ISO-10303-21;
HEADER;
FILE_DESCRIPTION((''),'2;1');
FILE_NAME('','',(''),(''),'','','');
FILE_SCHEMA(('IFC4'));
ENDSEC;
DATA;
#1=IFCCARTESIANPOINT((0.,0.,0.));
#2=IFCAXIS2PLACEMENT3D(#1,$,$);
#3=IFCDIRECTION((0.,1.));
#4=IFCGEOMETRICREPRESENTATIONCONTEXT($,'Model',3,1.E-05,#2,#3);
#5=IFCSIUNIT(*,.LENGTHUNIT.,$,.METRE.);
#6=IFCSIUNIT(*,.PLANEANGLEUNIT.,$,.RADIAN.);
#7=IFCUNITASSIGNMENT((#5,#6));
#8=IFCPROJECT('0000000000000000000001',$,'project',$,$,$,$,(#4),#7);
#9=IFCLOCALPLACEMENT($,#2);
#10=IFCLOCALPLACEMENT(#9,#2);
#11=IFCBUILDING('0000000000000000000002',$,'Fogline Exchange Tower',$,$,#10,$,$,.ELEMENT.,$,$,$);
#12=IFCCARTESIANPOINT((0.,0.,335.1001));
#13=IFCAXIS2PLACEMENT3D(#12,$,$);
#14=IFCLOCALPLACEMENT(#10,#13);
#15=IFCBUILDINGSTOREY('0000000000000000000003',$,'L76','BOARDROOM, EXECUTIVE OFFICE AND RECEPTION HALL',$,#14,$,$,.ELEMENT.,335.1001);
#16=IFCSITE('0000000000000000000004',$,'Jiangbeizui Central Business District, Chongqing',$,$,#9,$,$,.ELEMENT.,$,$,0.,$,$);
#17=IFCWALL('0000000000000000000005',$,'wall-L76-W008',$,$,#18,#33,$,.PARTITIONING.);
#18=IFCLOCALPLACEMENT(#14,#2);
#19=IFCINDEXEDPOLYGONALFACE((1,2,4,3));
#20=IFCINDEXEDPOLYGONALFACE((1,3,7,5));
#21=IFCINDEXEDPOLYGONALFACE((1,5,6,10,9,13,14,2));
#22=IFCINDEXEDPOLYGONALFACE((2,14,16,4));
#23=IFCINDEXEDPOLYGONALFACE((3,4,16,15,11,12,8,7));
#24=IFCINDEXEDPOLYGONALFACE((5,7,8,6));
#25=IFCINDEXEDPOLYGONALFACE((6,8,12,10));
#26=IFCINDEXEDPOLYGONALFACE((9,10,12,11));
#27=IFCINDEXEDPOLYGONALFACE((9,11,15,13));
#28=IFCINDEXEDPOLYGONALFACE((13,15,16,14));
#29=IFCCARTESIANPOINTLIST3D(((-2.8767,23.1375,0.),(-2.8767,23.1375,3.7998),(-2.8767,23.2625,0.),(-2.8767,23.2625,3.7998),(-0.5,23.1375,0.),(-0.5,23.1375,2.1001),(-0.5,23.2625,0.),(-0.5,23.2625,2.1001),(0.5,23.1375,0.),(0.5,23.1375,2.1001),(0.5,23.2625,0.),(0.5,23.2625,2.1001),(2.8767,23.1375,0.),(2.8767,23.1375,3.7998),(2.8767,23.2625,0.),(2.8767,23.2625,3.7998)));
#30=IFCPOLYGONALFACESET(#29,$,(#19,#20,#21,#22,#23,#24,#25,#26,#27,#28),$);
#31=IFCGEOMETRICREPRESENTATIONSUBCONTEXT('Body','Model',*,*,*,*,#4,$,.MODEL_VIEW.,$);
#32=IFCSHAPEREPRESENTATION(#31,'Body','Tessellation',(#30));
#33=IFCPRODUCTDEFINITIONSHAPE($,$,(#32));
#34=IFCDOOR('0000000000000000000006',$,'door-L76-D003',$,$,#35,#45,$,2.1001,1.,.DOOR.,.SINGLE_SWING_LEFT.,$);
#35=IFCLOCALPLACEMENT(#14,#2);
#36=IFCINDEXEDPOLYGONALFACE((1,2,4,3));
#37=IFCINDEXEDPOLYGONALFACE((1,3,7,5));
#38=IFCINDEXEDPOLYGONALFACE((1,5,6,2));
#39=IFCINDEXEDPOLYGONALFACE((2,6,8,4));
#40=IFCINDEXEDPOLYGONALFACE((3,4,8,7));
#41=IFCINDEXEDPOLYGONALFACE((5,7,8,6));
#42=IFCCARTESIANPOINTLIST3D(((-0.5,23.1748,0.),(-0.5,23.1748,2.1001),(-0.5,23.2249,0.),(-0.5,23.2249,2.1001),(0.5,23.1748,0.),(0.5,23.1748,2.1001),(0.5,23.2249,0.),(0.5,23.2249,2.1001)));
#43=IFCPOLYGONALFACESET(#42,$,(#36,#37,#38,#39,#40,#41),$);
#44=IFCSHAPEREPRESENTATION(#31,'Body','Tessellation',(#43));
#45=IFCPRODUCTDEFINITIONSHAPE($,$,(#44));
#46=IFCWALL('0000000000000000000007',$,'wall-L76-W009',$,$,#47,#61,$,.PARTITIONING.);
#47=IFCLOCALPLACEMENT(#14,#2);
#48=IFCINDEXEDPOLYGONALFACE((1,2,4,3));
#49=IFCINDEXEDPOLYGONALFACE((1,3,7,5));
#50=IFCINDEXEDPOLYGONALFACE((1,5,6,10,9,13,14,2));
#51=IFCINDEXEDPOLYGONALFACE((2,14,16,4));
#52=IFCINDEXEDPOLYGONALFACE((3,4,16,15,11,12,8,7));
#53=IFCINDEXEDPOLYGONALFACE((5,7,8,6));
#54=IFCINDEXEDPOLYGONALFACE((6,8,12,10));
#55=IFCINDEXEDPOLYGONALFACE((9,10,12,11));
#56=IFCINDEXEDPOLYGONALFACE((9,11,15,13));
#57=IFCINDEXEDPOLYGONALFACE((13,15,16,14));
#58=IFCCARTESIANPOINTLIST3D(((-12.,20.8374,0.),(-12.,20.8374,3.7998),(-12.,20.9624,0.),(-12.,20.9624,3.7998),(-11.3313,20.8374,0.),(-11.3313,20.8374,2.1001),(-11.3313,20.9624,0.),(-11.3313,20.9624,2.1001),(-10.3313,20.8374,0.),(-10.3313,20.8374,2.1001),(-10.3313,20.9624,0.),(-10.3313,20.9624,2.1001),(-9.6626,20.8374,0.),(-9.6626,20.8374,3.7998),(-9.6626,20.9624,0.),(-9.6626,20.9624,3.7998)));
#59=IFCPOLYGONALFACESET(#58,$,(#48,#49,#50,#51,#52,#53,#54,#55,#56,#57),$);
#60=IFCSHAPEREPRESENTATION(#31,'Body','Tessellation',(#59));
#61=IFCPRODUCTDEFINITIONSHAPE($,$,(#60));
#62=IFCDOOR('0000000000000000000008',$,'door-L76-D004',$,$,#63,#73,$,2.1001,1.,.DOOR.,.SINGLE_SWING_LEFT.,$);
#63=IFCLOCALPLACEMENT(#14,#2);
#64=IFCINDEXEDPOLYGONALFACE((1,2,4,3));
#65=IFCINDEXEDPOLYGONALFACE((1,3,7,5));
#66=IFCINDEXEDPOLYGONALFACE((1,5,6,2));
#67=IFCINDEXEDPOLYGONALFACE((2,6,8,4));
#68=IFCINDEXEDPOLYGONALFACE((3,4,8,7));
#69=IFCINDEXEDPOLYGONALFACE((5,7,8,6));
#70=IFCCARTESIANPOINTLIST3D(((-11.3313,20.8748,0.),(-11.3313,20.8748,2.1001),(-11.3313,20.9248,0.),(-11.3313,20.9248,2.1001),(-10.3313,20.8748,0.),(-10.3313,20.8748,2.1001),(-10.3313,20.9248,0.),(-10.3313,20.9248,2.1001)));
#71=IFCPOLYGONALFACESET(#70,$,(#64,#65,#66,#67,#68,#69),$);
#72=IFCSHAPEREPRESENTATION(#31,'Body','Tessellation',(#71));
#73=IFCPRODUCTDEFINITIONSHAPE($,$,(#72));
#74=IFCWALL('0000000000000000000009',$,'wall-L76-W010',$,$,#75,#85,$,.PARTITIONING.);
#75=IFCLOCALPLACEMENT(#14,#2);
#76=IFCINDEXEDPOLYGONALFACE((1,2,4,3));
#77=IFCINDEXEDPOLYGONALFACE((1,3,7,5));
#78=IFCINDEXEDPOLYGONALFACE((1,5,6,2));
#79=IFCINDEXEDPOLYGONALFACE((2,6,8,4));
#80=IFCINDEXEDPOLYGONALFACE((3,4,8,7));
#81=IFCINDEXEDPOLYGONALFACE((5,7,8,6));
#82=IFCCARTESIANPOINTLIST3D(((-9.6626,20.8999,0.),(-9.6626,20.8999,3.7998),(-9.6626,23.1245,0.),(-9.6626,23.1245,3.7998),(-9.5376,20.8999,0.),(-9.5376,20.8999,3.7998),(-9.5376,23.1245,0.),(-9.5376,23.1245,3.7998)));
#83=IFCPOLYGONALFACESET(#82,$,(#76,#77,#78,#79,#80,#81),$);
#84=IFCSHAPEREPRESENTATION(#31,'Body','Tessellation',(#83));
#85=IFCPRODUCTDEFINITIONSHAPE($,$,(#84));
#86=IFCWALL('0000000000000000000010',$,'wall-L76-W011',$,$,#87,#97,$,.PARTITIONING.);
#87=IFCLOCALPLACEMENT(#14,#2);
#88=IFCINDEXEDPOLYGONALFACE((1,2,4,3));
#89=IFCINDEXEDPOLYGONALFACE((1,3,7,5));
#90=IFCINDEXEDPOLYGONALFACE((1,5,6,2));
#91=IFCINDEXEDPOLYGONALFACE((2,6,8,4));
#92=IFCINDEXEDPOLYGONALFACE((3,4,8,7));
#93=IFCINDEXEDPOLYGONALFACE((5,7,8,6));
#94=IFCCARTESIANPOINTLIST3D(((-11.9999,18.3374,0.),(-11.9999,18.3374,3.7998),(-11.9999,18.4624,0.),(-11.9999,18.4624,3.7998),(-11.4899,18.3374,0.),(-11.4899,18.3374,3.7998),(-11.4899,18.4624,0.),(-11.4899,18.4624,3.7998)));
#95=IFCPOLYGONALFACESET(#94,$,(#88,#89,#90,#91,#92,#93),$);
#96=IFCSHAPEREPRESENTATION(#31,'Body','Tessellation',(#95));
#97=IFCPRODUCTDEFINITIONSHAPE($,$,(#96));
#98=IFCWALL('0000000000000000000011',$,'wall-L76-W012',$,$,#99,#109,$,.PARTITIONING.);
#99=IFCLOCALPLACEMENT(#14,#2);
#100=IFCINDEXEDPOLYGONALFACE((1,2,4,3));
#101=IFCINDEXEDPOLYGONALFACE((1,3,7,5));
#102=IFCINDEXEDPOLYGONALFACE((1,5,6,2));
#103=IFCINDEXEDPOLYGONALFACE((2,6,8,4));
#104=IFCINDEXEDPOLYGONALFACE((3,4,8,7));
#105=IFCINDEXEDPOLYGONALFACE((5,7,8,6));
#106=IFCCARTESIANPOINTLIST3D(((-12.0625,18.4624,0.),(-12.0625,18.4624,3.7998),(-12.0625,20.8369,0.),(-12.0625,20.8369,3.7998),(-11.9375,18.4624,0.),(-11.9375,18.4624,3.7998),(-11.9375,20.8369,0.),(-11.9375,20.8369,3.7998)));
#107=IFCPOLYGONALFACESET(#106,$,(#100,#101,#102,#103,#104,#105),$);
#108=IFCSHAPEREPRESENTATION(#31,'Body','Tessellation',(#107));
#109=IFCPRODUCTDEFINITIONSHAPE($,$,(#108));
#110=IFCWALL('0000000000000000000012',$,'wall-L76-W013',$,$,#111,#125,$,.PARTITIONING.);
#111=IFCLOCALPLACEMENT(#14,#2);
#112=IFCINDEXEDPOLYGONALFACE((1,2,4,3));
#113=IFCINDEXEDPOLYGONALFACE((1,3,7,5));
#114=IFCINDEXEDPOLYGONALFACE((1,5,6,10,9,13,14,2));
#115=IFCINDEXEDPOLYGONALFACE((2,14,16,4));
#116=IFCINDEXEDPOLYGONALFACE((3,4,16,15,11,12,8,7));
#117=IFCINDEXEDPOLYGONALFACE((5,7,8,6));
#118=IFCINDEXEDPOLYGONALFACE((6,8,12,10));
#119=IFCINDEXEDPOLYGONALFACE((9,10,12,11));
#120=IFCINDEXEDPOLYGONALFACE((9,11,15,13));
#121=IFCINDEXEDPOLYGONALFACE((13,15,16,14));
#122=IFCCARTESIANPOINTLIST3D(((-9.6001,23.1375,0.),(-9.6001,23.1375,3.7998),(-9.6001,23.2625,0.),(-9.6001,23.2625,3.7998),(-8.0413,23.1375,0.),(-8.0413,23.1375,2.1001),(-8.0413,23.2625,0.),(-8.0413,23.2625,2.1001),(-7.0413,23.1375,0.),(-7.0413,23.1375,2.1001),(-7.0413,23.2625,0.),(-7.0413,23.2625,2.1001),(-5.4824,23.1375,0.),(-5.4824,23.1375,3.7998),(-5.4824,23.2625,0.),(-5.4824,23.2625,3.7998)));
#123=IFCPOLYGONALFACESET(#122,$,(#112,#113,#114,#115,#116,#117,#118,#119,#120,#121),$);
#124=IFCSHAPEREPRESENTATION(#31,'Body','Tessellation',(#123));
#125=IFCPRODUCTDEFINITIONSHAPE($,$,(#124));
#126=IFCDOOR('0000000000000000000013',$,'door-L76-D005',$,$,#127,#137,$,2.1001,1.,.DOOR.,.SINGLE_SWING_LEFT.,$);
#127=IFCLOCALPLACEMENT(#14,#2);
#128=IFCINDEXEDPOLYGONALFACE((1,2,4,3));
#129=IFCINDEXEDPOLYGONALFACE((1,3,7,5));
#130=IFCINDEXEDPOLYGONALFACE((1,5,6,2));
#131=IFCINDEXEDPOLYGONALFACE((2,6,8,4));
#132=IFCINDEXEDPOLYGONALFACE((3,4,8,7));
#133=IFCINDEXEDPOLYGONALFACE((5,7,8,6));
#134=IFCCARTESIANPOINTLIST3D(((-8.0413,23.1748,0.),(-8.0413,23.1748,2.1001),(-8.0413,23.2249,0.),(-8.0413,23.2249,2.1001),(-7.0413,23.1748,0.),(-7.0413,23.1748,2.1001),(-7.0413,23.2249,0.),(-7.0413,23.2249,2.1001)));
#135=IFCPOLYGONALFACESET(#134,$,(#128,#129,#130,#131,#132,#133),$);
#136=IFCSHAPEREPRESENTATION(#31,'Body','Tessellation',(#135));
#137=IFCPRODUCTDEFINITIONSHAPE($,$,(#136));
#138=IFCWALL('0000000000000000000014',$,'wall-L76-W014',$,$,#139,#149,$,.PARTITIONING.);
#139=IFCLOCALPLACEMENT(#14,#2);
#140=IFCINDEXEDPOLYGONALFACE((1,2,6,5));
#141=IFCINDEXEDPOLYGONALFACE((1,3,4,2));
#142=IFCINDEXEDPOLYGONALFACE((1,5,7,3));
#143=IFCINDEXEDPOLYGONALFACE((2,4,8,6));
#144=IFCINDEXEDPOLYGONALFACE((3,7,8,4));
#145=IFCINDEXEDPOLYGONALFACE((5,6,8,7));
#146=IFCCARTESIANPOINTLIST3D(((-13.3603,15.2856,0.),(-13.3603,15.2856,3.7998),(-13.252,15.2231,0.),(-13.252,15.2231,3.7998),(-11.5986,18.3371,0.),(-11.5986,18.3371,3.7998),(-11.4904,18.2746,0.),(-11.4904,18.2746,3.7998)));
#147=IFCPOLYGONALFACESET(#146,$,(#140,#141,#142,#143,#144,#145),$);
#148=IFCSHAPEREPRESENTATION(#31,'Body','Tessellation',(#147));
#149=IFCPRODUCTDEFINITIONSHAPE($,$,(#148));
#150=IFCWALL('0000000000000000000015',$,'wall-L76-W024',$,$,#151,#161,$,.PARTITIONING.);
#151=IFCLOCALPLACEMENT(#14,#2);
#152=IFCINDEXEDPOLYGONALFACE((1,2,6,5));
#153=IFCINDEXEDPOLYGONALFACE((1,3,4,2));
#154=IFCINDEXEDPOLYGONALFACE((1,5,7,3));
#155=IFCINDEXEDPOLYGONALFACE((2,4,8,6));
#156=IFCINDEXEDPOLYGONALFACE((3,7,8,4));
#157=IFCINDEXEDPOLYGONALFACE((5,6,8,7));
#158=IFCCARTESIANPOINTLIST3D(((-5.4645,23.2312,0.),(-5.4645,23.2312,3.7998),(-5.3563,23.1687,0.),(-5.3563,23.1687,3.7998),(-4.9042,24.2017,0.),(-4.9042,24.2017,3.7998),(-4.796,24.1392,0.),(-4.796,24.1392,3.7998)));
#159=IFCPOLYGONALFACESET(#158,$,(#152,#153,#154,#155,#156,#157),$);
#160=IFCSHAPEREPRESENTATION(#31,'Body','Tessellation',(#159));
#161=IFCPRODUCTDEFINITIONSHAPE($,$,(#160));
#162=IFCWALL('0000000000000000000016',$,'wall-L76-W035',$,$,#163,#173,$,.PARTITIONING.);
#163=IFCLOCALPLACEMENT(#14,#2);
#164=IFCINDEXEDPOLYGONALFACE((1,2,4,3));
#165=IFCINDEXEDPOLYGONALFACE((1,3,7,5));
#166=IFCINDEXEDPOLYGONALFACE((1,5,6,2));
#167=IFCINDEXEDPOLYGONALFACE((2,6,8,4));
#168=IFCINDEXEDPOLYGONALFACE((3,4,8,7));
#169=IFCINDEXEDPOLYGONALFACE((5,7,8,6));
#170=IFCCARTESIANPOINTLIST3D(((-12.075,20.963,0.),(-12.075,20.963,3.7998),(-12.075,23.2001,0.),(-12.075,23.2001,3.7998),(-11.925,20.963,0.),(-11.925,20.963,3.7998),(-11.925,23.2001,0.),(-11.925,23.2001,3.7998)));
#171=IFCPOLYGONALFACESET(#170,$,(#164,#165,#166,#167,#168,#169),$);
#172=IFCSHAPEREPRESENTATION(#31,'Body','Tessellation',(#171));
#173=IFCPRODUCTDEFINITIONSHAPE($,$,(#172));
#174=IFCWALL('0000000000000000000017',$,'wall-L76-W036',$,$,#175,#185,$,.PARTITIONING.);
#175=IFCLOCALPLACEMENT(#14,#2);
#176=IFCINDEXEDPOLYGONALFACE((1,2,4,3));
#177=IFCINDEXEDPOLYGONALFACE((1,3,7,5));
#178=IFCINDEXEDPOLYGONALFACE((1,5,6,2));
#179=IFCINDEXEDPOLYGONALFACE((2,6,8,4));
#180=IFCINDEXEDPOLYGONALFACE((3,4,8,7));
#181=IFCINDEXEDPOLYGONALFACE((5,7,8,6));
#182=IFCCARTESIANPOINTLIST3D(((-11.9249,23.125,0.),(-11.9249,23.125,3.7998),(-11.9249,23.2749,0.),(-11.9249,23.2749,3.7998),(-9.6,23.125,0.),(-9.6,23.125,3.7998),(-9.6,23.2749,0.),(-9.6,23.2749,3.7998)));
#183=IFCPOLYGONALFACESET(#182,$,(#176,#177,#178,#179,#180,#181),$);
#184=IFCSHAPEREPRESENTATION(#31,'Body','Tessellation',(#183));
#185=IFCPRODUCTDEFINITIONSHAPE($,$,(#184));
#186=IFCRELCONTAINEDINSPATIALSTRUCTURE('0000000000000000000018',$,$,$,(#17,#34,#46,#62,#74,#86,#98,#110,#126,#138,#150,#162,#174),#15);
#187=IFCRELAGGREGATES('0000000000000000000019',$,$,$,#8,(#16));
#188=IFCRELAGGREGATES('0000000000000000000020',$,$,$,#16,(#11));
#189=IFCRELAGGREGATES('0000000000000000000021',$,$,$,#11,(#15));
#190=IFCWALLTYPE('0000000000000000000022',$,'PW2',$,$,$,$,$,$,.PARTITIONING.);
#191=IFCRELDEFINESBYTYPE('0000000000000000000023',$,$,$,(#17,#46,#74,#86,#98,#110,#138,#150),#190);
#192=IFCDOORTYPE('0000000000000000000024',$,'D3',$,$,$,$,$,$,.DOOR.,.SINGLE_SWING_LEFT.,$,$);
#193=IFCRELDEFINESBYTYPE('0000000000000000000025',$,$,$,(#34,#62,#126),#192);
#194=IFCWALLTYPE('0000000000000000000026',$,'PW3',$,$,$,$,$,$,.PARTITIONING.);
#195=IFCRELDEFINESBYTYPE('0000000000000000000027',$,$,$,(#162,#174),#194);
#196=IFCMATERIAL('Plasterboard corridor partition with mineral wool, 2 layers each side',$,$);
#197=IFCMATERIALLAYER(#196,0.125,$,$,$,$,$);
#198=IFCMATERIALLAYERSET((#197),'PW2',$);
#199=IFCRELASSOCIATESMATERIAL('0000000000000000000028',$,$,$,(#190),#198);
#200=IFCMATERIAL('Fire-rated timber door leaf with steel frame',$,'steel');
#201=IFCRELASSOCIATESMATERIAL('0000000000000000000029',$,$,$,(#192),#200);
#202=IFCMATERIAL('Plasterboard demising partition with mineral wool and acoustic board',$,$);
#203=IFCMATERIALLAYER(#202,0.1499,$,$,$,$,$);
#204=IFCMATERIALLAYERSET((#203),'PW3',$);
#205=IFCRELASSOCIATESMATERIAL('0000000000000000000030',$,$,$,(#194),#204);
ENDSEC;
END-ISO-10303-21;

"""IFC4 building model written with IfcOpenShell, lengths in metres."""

from ifc_helpers import new_model, si_unit, direction, frame, frame_2d, origin, place, context, subcontext, project, spatial, rectangle, extrude, material, layer, layer_set, type_object, element, fill, save


model = new_model("IFC4")

# Units and contexts
model_context = context("Model", 3, precision=1e-05, world=origin(), true_north=direction((0.0, 1.0)))
body_context = subcontext(model_context, "Body", "Model", "MODEL_VIEW")
ifc_project = project(units=[si_unit("LENGTHUNIT", "METRE"), si_unit("PLANEANGLEUNIT", "RADIAN")], contexts=[model_context])

# Site, building, storey
site_placement = place(None, origin())
site = spatial("IfcSite", under=ifc_project, at=site_placement, Name="Jiangbeizui Central Business District, Chongqing", CompositionType="ELEMENT", RefElevation=0.0)
building_placement = place(site_placement, origin())
building = spatial("IfcBuilding", under=site, at=building_placement, Name="Fogline Exchange Tower", CompositionType="ELEMENT")
storey_placement = place(building_placement, frame((0.0, 0.0, 335.1001)))
storey = spatial("IfcBuildingStorey", under=building, at=storey_placement, Name="L76", Description="BOARDROOM, EXECUTIVE OFFICE AND RECEPTION HALL", CompositionType="ELEMENT", Elevation=335.1001)

# Walls, openings, doors
ifc_material_1 = material(Name="Plasterboard corridor partition with mineral wool, 2 layers each side")
ifc_layer_1 = layer(ifc_material_1, 0.125)
ifc_layer_set_1 = layer_set([ifc_layer_1], Name="PW2")
wall_type_1 = type_object("IfcWallType", Name="PW2", PredefinedType="PARTITIONING", material=ifc_layer_set_1)
wall_1_placement = place(storey_placement, frame((-2.8767, 23.2, 0.0), z_axis=(0.0, 0.0, 1.0), x_axis=(1.0, 0.0, 0.0)))
wall_1 = element("IfcWall", 1, at=wall_1_placement, inside=storey, type_object=wall_type_1, Name="wall-L76-W008", PredefinedType="PARTITIONING", context=body_context, shape_type="SweptSolid", body=[
    extrude(rectangle(XDim=5.7534, YDim=0.125, at=frame_2d((2.8767, 0.0))), origin(), (0.0, 0.0, 1.0), 3.7998),
])
opening_1_placement = place(wall_1_placement, frame((2.3767, 0.0, 0.0)))
opening_1 = element("IfcOpeningElement", 2, at=opening_1_placement, cuts=wall_1, PredefinedType="OPENING", context=body_context, shape_type="SweptSolid", body=[
    extrude(rectangle(XDim=1.0, YDim=2.1001, at=frame_2d((0.5, 1.05))), frame((0.0, 0.0725, 0.0), z_axis=(0.0, -1.0, 0.0), x_axis=(1.0, 0.0, 0.0)), (0.0, 0.0, 1.0), 0.145),
])
ifc_material_2 = material(Name="Fire-rated timber door leaf with steel frame", Category="steel")
door_type_1 = type_object("IfcDoorType", Name="D3", OperationType="SINGLE_SWING_LEFT", PredefinedType="DOOR", material=ifc_material_2)
door_1_placement = place(opening_1_placement, origin())
door_1 = element("IfcDoor", 3, at=door_1_placement, inside=storey, type_object=door_type_1, Name="door-L76-D003", OperationType="SINGLE_SWING_LEFT", OverallHeight=2.1001, OverallWidth=1.0, PredefinedType="DOOR", context=body_context, shape_type="SweptSolid", body=[
    extrude(rectangle(XDim=1.0, YDim=2.1001, at=frame_2d((0.5, 1.05))), frame((0.0, 0.0249, 0.0), z_axis=(0.0, -1.0, 0.0), x_axis=(1.0, 0.0, 0.0)), (0.0, 0.0, 1.0), 0.05),
])
fill(opening_1, door_1)
wall_2_placement = place(storey_placement, frame((-12.0, 20.8999, 0.0), z_axis=(0.0, 0.0, 1.0), x_axis=(1.0, 0.0, 0.0)))
wall_2 = element("IfcWall", 4, at=wall_2_placement, inside=storey, type_object=wall_type_1, Name="wall-L76-W009", PredefinedType="PARTITIONING", context=body_context, shape_type="SweptSolid", body=[
    extrude(rectangle(XDim=2.3374, YDim=0.125, at=frame_2d((1.1687, 0.0))), origin(), (0.0, 0.0, 1.0), 3.7998),
])
opening_2_placement = place(wall_2_placement, frame((0.6687, 0.0, 0.0)))
opening_2 = element("IfcOpeningElement", 5, at=opening_2_placement, cuts=wall_2, PredefinedType="OPENING", context=body_context, shape_type="SweptSolid", body=[
    extrude(rectangle(XDim=1.0, YDim=2.1001, at=frame_2d((0.5, 1.05))), frame((0.0, 0.0725, 0.0), z_axis=(0.0, -1.0, 0.0), x_axis=(1.0, 0.0, 0.0)), (0.0, 0.0, 1.0), 0.145),
])
door_2_placement = place(opening_2_placement, origin())
door_2 = element("IfcDoor", 6, at=door_2_placement, inside=storey, type_object=door_type_1, Name="door-L76-D004", OperationType="SINGLE_SWING_LEFT", OverallHeight=2.1001, OverallWidth=1.0, PredefinedType="DOOR", context=body_context, shape_type="SweptSolid", body=[
    extrude(rectangle(XDim=1.0, YDim=2.1001, at=frame_2d((0.5, 1.05))), frame((0.0, 0.0249, 0.0), z_axis=(0.0, -1.0, 0.0), x_axis=(1.0, 0.0, 0.0)), (0.0, 0.0, 1.0), 0.05),
])
fill(opening_2, door_2)

# Walls
wall_3_placement = place(storey_placement, frame((-9.6001, 20.8999, 0.0), z_axis=(0.0, 0.0, 1.0), x_axis=(0.0, 1.0, 0.0)))
element("IfcWall", 7, at=wall_3_placement, inside=storey, type_object=wall_type_1, Name="wall-L76-W010", PredefinedType="PARTITIONING", context=body_context, shape_type="SweptSolid", body=[
    extrude(rectangle(XDim=2.2246, YDim=0.125, at=frame_2d((1.1123, 0.0))), origin(), (0.0, 0.0, 1.0), 3.7998),
])
wall_4_placement = place(storey_placement, frame((-11.49, 18.3999, 0.0), z_axis=(0.0, 0.0, 1.0), x_axis=(-1.0, 0.0, 0.0)))
element("IfcWall", 8, at=wall_4_placement, inside=storey, type_object=wall_type_1, Name="wall-L76-W011", PredefinedType="PARTITIONING", context=body_context, shape_type="SweptSolid", body=[
    extrude(rectangle(XDim=0.51, YDim=0.125, at=frame_2d((0.2549, 0.0))), origin(), (0.0, 0.0, 1.0), 3.7998),
])
wall_5_placement = place(storey_placement, frame((-12.0, 18.4624, 0.0), z_axis=(0.0, 0.0, 1.0), x_axis=(0.0, 1.0, 0.0)))
element("IfcWall", 9, at=wall_5_placement, inside=storey, type_object=wall_type_1, Name="wall-L76-W012", PredefinedType="PARTITIONING", context=body_context, shape_type="SweptSolid", body=[
    extrude(rectangle(XDim=2.3745, YDim=0.125, at=frame_2d((1.1873, 0.0))), origin(), (0.0, 0.0, 1.0), 3.7998),
])

# Wall, opening, door
wall_6_placement = place(storey_placement, frame((-9.6001, 23.2, 0.0), z_axis=(0.0, 0.0, 1.0), x_axis=(1.0, 0.0, 0.0)))
wall_6 = element("IfcWall", 10, at=wall_6_placement, inside=storey, type_object=wall_type_1, Name="wall-L76-W013", PredefinedType="PARTITIONING", context=body_context, shape_type="SweptSolid", body=[
    extrude(rectangle(XDim=4.1177, YDim=0.125, at=frame_2d((2.0588, 0.0))), origin(), (0.0, 0.0, 1.0), 3.7998),
])
opening_3_placement = place(wall_6_placement, frame((1.5588, 0.0, 0.0)))
opening_3 = element("IfcOpeningElement", 11, at=opening_3_placement, cuts=wall_6, PredefinedType="OPENING", context=body_context, shape_type="SweptSolid", body=[
    extrude(rectangle(XDim=1.0, YDim=2.1001, at=frame_2d((0.5, 1.05))), frame((0.0, 0.0725, 0.0), z_axis=(0.0, -1.0, 0.0), x_axis=(1.0, 0.0, 0.0)), (0.0, 0.0, 1.0), 0.145),
])
door_3_placement = place(opening_3_placement, origin())
door_3 = element("IfcDoor", 12, at=door_3_placement, inside=storey, type_object=door_type_1, Name="door-L76-D005", OperationType="SINGLE_SWING_LEFT", OverallHeight=2.1001, OverallWidth=1.0, PredefinedType="DOOR", context=body_context, shape_type="SweptSolid", body=[
    extrude(rectangle(XDim=1.0, YDim=2.1001, at=frame_2d((0.5, 1.05))), frame((0.0, 0.0249, 0.0), z_axis=(0.0, -1.0, 0.0), x_axis=(1.0, 0.0, 0.0)), (0.0, 0.0, 1.0), 0.05),
])
fill(opening_3, door_3)

# Walls
wall_7_placement = place(storey_placement, frame((-13.3062, 15.2544, 0.0), z_axis=(0.0, 0.0, 1.0), x_axis=(0.499984, 0.866034, 0.0)))
element("IfcWall", 13, at=wall_7_placement, inside=storey, type_object=wall_type_1, Name="wall-L76-W014", PredefinedType="PARTITIONING", context=body_context, shape_type="SweptSolid", body=[
    extrude(rectangle(XDim=3.5234, YDim=0.125, at=frame_2d((1.7617, 0.0))), origin(), (0.0, 0.0, 1.0), 3.7998),
])
wall_8_placement = place(storey_placement, frame((-5.4104, 23.2, 0.0), z_axis=(0.0, 0.0, 1.0), x_axis=(0.500005, 0.866022, 0.0)))
element("IfcWall", 14, at=wall_8_placement, inside=storey, type_object=wall_type_1, Name="wall-L76-W024", PredefinedType="PARTITIONING", context=body_context, shape_type="SweptSolid", body=[
    extrude(rectangle(XDim=1.1206, YDim=0.125, at=frame_2d((0.5603, 0.0))), origin(), (0.0, 0.0, 1.0), 3.7998),
])
ifc_material_3 = material(Name="Plasterboard demising partition with mineral wool and acoustic board")
ifc_layer_2 = layer(ifc_material_3, 0.1499)
ifc_layer_set_2 = layer_set([ifc_layer_2], Name="PW3")
wall_type_2 = type_object("IfcWallType", Name="PW3", PredefinedType="PARTITIONING", material=ifc_layer_set_2)
wall_9_placement = place(storey_placement, frame((-12.0, 20.9629, 0.0), z_axis=(0.0, 0.0, 1.0), x_axis=(0.0, 1.0, 0.0)))
element("IfcWall", 15, at=wall_9_placement, inside=storey, type_object=wall_type_2, Name="wall-L76-W035", PredefinedType="PARTITIONING", context=body_context, shape_type="SweptSolid", body=[
    extrude(rectangle(XDim=2.2371, YDim=0.1499, at=frame_2d((1.1187, 0.0))), origin(), (0.0, 0.0, 1.0), 3.7998),
])
wall_10_placement = place(storey_placement, frame((-11.925, 23.2, 0.0), z_axis=(0.0, 0.0, 1.0), x_axis=(1.0, 0.0, 0.0)))
element("IfcWall", 16, at=wall_10_placement, inside=storey, type_object=wall_type_2, Name="wall-L76-W036", PredefinedType="PARTITIONING", context=body_context, shape_type="SweptSolid", body=[
    extrude(rectangle(XDim=2.325, YDim=0.1499, at=frame_2d((1.1626, 0.0))), origin(), (0.0, 0.0, 1.0), 3.7998),
])

save(model, "model.ifc")
